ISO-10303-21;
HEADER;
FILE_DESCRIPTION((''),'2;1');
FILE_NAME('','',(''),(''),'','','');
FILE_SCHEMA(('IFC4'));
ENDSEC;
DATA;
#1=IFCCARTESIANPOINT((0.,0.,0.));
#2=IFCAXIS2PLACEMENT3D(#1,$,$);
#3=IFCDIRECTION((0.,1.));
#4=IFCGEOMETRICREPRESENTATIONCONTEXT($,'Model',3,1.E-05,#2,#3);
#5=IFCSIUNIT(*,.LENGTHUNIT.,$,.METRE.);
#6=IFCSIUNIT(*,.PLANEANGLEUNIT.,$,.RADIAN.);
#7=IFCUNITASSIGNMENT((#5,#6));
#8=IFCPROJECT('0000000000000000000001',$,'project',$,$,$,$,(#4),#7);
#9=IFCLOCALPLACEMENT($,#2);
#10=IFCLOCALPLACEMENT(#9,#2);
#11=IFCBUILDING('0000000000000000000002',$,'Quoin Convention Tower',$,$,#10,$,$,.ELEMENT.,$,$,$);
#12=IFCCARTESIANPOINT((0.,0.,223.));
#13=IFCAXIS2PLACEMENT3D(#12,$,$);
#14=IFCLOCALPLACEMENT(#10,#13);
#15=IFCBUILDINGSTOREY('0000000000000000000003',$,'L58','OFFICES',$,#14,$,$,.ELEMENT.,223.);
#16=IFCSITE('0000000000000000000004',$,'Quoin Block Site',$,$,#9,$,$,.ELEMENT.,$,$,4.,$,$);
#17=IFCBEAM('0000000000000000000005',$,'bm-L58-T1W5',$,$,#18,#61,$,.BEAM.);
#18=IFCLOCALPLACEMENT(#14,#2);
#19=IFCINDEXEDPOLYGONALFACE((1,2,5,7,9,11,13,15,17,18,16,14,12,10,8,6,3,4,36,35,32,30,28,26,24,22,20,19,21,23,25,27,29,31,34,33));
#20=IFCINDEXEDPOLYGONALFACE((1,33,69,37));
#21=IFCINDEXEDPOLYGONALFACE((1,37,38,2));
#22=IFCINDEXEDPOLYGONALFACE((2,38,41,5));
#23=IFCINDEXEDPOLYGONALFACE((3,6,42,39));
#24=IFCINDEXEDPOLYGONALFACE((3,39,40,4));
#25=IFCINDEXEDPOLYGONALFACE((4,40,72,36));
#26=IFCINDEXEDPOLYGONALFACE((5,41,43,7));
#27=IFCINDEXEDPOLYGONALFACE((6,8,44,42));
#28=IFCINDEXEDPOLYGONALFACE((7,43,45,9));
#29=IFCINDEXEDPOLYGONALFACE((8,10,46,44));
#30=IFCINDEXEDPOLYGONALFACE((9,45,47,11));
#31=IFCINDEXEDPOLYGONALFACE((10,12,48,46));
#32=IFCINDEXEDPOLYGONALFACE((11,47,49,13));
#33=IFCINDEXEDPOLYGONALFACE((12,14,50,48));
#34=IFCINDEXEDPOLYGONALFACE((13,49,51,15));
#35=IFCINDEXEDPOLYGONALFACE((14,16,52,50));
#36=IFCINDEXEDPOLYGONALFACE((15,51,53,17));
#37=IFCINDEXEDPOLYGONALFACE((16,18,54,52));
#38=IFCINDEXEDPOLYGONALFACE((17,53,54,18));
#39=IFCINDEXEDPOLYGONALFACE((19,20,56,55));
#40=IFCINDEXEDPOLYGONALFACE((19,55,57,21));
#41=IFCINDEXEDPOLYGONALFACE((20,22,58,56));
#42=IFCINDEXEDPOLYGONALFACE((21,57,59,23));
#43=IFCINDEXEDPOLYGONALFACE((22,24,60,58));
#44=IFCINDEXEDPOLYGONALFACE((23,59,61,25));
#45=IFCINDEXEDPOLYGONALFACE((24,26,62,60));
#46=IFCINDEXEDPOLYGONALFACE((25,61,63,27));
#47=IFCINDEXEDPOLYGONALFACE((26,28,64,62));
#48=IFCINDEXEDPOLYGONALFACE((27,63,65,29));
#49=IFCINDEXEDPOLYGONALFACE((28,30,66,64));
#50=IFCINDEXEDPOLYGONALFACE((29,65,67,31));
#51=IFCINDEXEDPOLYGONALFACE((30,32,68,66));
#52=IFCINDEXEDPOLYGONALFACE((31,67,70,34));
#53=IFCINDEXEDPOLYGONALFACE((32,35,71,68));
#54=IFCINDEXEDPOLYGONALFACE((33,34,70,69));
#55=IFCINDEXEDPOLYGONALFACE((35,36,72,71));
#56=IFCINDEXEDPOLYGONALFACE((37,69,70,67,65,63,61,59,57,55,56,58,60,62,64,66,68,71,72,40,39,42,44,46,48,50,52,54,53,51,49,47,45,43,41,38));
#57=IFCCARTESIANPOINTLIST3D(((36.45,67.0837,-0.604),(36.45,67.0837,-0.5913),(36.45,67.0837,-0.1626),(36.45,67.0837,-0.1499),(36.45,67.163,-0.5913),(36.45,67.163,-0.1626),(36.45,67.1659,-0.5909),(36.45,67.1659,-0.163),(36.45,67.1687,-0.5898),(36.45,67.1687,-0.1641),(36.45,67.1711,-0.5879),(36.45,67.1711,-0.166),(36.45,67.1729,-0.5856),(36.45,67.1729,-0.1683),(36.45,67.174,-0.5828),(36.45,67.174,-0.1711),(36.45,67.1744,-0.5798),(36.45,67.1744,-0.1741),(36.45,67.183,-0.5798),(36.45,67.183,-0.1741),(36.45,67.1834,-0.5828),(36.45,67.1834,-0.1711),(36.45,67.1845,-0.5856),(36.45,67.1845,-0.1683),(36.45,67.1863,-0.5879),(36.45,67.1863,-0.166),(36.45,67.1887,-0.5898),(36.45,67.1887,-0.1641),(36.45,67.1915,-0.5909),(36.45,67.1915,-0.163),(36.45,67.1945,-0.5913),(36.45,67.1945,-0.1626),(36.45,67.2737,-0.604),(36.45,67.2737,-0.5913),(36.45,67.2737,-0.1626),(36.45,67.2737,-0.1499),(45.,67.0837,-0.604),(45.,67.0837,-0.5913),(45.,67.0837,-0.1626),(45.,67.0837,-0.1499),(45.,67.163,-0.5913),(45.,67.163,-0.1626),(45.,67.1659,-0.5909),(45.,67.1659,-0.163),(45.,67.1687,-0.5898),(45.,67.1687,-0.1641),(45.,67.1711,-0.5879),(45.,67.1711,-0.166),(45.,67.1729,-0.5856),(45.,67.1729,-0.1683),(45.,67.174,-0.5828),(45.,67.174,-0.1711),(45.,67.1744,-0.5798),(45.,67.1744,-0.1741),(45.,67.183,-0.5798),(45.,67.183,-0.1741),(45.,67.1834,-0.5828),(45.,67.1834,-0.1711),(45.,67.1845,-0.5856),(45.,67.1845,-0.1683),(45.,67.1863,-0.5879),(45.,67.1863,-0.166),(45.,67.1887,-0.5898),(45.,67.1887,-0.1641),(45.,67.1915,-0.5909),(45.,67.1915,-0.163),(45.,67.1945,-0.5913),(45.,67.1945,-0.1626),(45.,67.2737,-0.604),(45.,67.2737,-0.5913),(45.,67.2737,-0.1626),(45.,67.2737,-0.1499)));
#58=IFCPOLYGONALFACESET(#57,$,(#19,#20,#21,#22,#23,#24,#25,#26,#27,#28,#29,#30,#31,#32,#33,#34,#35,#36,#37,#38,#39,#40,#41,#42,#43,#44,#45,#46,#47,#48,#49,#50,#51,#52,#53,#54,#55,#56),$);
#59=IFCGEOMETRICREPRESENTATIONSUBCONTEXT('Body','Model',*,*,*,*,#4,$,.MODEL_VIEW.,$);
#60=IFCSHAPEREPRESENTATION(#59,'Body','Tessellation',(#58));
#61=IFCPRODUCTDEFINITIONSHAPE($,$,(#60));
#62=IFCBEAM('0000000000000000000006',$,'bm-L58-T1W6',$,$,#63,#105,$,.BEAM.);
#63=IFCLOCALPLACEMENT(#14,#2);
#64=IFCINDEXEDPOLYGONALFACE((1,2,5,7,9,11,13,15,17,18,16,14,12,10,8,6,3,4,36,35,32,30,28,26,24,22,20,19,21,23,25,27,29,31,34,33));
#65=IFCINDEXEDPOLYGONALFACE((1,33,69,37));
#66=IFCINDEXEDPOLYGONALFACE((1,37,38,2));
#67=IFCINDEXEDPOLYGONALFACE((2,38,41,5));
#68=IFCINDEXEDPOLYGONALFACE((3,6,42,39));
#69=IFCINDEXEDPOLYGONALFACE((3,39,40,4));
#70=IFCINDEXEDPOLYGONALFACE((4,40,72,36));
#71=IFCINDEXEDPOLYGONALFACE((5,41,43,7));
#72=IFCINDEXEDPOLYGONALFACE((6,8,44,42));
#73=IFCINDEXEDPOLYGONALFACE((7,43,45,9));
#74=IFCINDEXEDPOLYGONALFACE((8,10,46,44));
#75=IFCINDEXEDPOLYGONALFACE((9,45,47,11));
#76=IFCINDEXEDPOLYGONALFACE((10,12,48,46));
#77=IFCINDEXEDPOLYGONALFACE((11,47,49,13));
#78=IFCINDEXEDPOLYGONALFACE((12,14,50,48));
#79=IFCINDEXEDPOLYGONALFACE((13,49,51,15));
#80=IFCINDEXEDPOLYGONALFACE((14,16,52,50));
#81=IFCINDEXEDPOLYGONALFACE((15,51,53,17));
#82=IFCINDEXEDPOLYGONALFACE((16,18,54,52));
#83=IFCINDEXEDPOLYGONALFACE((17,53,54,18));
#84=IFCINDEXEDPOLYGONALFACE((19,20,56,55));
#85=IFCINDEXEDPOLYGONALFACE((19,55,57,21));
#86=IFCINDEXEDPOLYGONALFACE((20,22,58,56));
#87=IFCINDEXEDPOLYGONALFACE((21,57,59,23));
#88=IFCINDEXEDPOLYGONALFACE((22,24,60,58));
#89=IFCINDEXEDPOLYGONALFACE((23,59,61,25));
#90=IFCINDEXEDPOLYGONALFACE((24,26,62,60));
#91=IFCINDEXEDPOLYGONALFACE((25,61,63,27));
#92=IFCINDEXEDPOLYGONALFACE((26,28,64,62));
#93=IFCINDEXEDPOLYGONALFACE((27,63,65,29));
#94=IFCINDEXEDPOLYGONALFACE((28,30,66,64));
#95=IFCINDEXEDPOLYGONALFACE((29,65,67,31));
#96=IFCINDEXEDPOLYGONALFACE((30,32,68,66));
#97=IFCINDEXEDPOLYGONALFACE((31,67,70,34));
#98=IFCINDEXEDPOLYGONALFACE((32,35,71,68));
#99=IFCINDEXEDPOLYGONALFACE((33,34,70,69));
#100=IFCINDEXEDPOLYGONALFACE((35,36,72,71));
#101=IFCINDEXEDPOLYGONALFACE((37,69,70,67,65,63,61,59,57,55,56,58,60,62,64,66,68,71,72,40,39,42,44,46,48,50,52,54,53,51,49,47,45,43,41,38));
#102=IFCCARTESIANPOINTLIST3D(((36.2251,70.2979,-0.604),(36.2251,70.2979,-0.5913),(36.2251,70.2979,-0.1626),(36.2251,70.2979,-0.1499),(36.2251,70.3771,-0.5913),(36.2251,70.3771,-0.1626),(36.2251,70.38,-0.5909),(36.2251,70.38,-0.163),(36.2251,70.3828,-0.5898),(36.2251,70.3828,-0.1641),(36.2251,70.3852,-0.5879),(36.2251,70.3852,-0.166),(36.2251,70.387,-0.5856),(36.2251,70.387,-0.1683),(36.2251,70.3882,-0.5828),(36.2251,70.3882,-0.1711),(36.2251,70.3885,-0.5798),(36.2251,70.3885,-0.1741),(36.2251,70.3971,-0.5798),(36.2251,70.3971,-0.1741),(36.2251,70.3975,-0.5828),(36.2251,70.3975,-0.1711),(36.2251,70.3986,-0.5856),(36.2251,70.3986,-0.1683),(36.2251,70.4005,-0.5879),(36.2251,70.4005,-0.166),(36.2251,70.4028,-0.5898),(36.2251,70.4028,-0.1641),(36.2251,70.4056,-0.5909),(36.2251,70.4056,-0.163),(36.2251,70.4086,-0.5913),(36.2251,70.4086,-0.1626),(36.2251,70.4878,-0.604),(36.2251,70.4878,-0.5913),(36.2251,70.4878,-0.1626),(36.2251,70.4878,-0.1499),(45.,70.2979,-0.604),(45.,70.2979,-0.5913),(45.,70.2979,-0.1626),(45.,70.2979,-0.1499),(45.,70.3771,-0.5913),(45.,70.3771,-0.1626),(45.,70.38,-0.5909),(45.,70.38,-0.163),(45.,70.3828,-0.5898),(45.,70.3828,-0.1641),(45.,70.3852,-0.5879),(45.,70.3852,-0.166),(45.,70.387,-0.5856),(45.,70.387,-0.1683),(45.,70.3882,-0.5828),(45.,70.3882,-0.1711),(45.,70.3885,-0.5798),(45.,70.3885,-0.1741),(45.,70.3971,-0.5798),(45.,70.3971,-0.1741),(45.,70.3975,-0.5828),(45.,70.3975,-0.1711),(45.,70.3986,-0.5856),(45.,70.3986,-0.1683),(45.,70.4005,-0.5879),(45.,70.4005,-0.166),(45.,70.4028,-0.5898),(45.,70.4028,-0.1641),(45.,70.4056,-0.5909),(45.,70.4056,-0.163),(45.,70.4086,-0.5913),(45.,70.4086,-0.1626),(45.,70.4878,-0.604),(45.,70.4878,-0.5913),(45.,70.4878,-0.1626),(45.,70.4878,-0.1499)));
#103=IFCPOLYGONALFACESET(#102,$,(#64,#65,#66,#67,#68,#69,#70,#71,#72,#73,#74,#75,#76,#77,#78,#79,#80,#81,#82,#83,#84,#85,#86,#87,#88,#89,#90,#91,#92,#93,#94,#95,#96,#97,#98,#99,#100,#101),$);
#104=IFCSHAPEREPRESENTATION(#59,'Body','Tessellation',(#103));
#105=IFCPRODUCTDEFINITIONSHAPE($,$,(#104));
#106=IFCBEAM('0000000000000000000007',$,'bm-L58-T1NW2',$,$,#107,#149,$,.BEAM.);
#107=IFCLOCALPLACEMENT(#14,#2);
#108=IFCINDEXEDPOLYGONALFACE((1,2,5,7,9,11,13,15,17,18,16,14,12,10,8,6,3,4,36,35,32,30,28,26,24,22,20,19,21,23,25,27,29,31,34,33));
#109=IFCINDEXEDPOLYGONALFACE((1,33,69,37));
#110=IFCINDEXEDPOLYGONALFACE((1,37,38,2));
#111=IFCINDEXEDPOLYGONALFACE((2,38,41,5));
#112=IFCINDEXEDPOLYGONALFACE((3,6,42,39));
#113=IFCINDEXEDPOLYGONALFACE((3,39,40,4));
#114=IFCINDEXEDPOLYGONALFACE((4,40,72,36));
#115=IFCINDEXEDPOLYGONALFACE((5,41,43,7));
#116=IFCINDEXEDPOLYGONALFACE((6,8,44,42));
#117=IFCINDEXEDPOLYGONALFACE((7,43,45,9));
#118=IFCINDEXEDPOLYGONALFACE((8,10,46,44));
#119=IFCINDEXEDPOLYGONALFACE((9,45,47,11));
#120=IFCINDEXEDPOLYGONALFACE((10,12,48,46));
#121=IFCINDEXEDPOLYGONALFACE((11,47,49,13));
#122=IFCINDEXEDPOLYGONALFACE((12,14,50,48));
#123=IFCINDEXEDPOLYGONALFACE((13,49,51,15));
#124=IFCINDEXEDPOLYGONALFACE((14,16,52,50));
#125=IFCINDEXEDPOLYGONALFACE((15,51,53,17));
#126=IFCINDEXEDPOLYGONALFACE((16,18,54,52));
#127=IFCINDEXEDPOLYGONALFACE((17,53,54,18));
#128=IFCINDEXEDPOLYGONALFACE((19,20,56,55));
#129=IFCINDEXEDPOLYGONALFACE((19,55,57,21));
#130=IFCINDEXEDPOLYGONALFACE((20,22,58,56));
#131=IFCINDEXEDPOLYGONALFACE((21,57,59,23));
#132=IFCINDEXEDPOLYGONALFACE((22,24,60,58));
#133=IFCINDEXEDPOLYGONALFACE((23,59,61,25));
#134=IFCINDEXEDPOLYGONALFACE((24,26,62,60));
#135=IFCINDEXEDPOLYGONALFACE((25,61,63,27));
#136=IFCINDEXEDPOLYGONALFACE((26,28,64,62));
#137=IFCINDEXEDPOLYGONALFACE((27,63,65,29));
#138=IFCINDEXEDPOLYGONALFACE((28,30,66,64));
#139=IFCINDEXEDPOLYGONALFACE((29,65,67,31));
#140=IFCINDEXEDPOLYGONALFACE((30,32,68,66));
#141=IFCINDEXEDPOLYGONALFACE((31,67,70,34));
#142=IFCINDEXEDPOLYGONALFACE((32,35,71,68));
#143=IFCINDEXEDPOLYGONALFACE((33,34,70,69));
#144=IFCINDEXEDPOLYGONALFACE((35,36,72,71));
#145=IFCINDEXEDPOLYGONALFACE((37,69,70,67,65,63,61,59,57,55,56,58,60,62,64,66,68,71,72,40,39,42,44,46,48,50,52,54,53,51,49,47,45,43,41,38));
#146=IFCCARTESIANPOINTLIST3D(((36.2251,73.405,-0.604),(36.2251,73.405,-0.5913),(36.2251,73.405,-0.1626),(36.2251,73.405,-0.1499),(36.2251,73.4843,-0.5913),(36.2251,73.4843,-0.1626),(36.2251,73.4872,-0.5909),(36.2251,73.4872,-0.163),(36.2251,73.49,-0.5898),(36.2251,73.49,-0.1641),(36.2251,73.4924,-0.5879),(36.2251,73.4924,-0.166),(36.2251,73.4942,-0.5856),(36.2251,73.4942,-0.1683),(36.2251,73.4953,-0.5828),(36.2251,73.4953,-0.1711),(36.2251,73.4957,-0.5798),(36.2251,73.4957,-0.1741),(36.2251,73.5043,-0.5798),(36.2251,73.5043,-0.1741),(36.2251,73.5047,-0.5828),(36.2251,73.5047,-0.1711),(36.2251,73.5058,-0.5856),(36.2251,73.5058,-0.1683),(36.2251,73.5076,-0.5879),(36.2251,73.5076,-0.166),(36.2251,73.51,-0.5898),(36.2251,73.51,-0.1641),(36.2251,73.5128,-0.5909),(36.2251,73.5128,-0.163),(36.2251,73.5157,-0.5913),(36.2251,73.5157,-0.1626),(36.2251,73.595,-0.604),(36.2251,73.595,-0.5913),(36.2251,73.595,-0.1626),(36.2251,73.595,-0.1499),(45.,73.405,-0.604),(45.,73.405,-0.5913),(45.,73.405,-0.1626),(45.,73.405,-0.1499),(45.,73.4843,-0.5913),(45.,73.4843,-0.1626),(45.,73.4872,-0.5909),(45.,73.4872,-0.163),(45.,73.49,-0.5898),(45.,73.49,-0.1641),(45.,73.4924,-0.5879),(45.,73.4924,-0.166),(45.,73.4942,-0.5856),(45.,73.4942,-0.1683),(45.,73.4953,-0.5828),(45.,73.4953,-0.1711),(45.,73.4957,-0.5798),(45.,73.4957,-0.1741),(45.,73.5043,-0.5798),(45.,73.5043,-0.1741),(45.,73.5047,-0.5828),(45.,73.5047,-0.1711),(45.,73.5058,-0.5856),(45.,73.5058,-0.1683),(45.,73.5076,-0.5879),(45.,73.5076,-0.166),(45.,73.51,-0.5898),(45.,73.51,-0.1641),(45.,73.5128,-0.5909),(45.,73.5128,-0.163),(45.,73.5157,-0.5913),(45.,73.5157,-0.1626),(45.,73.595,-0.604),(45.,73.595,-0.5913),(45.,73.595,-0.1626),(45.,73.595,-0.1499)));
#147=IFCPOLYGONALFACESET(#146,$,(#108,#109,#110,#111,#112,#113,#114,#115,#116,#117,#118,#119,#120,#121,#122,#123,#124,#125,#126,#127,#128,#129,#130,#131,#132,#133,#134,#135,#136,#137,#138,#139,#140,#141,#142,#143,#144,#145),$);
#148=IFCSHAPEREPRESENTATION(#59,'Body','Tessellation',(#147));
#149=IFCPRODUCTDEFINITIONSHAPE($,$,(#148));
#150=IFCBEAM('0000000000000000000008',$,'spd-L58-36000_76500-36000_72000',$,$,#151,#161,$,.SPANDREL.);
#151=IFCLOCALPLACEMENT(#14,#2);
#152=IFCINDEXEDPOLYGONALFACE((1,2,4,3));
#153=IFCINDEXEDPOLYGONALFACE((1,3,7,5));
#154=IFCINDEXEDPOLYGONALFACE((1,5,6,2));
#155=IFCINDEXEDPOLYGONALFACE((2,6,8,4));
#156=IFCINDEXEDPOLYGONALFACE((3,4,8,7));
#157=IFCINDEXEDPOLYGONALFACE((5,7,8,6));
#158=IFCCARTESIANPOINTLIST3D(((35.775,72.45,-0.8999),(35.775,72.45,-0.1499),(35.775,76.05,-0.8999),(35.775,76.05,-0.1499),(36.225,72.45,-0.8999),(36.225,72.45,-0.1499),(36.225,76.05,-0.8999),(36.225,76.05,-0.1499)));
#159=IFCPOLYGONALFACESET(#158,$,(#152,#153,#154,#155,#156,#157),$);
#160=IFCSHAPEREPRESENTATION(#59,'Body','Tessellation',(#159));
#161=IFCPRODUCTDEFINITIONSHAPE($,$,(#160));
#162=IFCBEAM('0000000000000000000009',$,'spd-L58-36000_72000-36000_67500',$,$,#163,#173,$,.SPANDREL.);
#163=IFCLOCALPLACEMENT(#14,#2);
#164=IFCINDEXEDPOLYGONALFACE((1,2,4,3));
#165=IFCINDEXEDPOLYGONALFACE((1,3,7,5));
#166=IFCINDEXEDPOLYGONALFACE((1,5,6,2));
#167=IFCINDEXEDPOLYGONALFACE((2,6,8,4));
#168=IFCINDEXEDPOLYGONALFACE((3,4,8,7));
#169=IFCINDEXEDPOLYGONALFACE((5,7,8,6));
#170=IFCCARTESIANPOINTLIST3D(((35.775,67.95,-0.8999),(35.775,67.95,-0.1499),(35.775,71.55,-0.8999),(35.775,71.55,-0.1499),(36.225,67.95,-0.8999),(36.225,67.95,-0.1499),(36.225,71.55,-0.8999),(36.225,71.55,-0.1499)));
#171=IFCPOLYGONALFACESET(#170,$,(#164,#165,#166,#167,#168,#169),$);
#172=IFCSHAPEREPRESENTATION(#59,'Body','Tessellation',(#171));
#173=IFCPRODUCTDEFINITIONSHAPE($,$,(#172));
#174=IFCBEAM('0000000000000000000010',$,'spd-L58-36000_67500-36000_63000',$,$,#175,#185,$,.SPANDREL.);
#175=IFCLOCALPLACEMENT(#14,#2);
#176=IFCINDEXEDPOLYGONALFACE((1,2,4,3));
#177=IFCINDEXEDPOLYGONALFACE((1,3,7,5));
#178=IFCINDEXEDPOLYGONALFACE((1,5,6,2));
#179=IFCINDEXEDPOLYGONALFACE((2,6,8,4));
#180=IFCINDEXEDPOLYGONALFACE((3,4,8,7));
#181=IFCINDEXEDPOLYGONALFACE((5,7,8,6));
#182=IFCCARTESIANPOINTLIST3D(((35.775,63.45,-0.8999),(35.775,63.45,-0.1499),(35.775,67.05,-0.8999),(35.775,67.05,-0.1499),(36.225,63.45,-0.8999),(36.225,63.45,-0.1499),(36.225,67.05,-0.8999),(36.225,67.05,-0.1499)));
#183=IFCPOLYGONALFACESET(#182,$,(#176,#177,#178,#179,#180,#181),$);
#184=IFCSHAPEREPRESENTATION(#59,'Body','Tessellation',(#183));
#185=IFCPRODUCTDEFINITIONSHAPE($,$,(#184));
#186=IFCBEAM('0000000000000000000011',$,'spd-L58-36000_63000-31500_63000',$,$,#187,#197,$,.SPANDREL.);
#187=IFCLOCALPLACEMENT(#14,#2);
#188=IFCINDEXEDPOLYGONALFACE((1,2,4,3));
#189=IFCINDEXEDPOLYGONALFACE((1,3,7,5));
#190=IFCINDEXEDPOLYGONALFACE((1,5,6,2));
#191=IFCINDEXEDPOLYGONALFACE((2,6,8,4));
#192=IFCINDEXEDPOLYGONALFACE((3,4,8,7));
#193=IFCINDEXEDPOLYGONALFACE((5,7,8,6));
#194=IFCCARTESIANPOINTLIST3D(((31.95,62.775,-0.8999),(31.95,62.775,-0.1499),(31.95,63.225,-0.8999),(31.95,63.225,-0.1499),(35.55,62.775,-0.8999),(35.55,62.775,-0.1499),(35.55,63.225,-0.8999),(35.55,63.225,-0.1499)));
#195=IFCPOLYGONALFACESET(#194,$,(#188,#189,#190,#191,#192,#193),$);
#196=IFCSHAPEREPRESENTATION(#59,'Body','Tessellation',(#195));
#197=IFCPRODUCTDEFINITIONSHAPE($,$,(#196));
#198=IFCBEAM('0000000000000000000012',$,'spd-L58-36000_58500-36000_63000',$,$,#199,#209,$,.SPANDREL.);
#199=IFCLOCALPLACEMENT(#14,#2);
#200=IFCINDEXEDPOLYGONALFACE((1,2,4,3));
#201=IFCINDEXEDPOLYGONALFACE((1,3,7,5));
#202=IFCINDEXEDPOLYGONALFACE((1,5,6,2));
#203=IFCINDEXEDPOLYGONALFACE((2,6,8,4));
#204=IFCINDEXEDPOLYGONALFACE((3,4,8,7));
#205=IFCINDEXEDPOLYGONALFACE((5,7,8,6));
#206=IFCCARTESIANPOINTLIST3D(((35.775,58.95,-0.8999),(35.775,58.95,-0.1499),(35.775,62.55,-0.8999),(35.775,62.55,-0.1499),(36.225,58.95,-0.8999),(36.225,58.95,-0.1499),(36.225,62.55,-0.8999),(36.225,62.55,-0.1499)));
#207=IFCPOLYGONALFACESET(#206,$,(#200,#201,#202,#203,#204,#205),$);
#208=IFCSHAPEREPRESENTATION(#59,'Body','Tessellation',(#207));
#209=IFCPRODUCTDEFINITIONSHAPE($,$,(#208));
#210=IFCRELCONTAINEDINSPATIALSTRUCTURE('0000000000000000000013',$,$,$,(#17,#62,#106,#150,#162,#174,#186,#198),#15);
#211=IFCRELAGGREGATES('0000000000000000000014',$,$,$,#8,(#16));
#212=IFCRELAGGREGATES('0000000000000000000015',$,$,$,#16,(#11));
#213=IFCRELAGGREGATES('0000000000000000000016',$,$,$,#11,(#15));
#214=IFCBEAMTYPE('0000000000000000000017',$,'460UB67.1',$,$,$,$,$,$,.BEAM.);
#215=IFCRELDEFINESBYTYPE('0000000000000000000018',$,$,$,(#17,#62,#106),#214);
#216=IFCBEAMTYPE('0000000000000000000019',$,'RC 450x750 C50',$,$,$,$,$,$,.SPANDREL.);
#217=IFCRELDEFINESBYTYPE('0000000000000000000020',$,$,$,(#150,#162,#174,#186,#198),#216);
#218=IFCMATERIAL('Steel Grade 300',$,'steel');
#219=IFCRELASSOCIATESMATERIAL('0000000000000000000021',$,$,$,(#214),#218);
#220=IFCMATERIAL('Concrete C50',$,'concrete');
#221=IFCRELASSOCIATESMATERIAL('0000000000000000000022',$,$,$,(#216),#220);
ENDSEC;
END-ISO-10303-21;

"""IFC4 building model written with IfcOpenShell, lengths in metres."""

from ifc_helpers import new_model, si_unit, direction, frame, origin, origin_2d, place, context, subcontext, project, spatial, rectangle, i_section, extrude, material, material_profile, profile_set, type_object, element, save


model = new_model("IFC4")

# Units and contexts
model_context = context("Model", 3, precision=1e-05, world=origin(), true_north=direction((0.0, 1.0)))
body_context = subcontext(model_context, "Body", "Model", "MODEL_VIEW")
ifc_project = project(units=[si_unit("LENGTHUNIT", "METRE"), si_unit("PLANEANGLEUNIT", "RADIAN")], contexts=[model_context])

# Site, building, storey
site_placement = place(None, origin())
site = spatial("IfcSite", under=ifc_project, at=site_placement, Name="Quoin Block Site", CompositionType="ELEMENT", RefElevation=4.0)
building_placement = place(site_placement, origin())
building = spatial("IfcBuilding", under=site, at=building_placement, Name="Quoin Convention Tower", CompositionType="ELEMENT")
storey_placement = place(building_placement, frame((0.0, 0.0, 223.0)))
storey = spatial("IfcBuildingStorey", under=building, at=storey_placement, Name="L58", Description="OFFICES", CompositionType="ELEMENT", Elevation=223.0)

# Shared definitions
ifc_material_1 = material(Name="Concrete C50", Category="concrete")

# Beams
ifc_material_2 = material(Name="Steel Grade 300", Category="steel")
ifc_material_profile_1 = material_profile(ifc_material_2, i_section(OverallWidth=0.1899, OverallDepth=0.4541, WebThickness=0.0085, FlangeThickness=0.0127, FilletRadius=0.0115, at=origin_2d()), Name="460UB67.1")
ifc_profile_set_1 = profile_set([ifc_material_profile_1], Name="Steel Grade 300")
beam_type_1 = type_object("IfcBeamType", Name="460UB67.1", PredefinedType="BEAM", material=ifc_profile_set_1)
beam_placement = place(storey_placement, frame((36.45, 67.1787, -0.377), z_axis=(1.0, 0.0, 0.0), x_axis=(0.0, 1.0, 0.0)))
element("IfcBeam", 1, at=beam_placement, inside=storey, type_object=beam_type_1, Name="bm-L58-T1W5", PredefinedType="BEAM", context=body_context, shape_type="SweptSolid", body=[
    extrude(i_section(OverallWidth=0.1899, OverallDepth=0.4541, WebThickness=0.0085, FlangeThickness=0.0127, FilletRadius=0.0115, at=origin_2d()), origin(), (0.0, 0.0, 1.0), 8.55),
])
for number, where, z_axis, x_axis, name in (
    (2, (36.2251, 70.3928, -0.377), (1.0, 0.0, 0.0), (0.0, 1.0, 0.0), "bm-L58-T1W6"),
    (3, (36.2251, 73.5, -0.377), (1.0, 0.0, 0.0), (0.0, 1.0, 0.0), "bm-L58-T1NW2"),
):
    element("IfcBeam", number, at=place(storey_placement, frame(where, z_axis=z_axis, x_axis=x_axis)), inside=storey, type_object=beam_type_1, Name=name, PredefinedType="BEAM", context=body_context, shape_type="SweptSolid", body=[
        extrude(i_section(OverallWidth=0.1899, OverallDepth=0.4541, WebThickness=0.0085, FlangeThickness=0.0127, FilletRadius=0.0115, at=origin_2d()), origin(), (0.0, 0.0, 1.0), 8.7749),
    ])
ifc_material_profile_2 = material_profile(ifc_material_1, rectangle(XDim=0.45, YDim=0.75, at=origin_2d()), Name="RC 450x750")
ifc_profile_set_2 = profile_set([ifc_material_profile_2], Name="Concrete C50")
beam_type_2 = type_object("IfcBeamType", Name="RC 450x750 C50", PredefinedType="SPANDREL", material=ifc_profile_set_2)
for number, where, z_axis, x_axis, name in (
    (4, (36.0, 76.05, -0.5249), (0.0, -1.0, 0.0), (1.0, 0.0, 0.0), "spd-L58-36000_76500-36000_72000"),
    (5, (36.0, 71.55, -0.5249), (0.0, -1.0, 0.0), (1.0, 0.0, 0.0), "spd-L58-36000_72000-36000_67500"),
    (6, (36.0, 67.05, -0.5249), (0.0, -1.0, 0.0), (1.0, 0.0, 0.0), "spd-L58-36000_67500-36000_63000"),
    (7, (35.55, 63.0, -0.5249), (-1.0, 0.0, 0.0), (0.0, -1.0, 0.0), "spd-L58-36000_63000-31500_63000"),
    (8, (36.0, 58.95, -0.5249), (0.0, 1.0, 0.0), (-1.0, 0.0, 0.0), "spd-L58-36000_58500-36000_63000"),
):
    element("IfcBeam", number, at=place(storey_placement, frame(where, z_axis=z_axis, x_axis=x_axis)), inside=storey, type_object=beam_type_2, Name=name, PredefinedType="SPANDREL", context=body_context, shape_type="SweptSolid", body=[
        extrude(rectangle(XDim=0.45, YDim=0.75, at=origin_2d()), origin(), (0.0, 0.0, 1.0), 3.6001),
    ])

save(model, "model.ifc")
